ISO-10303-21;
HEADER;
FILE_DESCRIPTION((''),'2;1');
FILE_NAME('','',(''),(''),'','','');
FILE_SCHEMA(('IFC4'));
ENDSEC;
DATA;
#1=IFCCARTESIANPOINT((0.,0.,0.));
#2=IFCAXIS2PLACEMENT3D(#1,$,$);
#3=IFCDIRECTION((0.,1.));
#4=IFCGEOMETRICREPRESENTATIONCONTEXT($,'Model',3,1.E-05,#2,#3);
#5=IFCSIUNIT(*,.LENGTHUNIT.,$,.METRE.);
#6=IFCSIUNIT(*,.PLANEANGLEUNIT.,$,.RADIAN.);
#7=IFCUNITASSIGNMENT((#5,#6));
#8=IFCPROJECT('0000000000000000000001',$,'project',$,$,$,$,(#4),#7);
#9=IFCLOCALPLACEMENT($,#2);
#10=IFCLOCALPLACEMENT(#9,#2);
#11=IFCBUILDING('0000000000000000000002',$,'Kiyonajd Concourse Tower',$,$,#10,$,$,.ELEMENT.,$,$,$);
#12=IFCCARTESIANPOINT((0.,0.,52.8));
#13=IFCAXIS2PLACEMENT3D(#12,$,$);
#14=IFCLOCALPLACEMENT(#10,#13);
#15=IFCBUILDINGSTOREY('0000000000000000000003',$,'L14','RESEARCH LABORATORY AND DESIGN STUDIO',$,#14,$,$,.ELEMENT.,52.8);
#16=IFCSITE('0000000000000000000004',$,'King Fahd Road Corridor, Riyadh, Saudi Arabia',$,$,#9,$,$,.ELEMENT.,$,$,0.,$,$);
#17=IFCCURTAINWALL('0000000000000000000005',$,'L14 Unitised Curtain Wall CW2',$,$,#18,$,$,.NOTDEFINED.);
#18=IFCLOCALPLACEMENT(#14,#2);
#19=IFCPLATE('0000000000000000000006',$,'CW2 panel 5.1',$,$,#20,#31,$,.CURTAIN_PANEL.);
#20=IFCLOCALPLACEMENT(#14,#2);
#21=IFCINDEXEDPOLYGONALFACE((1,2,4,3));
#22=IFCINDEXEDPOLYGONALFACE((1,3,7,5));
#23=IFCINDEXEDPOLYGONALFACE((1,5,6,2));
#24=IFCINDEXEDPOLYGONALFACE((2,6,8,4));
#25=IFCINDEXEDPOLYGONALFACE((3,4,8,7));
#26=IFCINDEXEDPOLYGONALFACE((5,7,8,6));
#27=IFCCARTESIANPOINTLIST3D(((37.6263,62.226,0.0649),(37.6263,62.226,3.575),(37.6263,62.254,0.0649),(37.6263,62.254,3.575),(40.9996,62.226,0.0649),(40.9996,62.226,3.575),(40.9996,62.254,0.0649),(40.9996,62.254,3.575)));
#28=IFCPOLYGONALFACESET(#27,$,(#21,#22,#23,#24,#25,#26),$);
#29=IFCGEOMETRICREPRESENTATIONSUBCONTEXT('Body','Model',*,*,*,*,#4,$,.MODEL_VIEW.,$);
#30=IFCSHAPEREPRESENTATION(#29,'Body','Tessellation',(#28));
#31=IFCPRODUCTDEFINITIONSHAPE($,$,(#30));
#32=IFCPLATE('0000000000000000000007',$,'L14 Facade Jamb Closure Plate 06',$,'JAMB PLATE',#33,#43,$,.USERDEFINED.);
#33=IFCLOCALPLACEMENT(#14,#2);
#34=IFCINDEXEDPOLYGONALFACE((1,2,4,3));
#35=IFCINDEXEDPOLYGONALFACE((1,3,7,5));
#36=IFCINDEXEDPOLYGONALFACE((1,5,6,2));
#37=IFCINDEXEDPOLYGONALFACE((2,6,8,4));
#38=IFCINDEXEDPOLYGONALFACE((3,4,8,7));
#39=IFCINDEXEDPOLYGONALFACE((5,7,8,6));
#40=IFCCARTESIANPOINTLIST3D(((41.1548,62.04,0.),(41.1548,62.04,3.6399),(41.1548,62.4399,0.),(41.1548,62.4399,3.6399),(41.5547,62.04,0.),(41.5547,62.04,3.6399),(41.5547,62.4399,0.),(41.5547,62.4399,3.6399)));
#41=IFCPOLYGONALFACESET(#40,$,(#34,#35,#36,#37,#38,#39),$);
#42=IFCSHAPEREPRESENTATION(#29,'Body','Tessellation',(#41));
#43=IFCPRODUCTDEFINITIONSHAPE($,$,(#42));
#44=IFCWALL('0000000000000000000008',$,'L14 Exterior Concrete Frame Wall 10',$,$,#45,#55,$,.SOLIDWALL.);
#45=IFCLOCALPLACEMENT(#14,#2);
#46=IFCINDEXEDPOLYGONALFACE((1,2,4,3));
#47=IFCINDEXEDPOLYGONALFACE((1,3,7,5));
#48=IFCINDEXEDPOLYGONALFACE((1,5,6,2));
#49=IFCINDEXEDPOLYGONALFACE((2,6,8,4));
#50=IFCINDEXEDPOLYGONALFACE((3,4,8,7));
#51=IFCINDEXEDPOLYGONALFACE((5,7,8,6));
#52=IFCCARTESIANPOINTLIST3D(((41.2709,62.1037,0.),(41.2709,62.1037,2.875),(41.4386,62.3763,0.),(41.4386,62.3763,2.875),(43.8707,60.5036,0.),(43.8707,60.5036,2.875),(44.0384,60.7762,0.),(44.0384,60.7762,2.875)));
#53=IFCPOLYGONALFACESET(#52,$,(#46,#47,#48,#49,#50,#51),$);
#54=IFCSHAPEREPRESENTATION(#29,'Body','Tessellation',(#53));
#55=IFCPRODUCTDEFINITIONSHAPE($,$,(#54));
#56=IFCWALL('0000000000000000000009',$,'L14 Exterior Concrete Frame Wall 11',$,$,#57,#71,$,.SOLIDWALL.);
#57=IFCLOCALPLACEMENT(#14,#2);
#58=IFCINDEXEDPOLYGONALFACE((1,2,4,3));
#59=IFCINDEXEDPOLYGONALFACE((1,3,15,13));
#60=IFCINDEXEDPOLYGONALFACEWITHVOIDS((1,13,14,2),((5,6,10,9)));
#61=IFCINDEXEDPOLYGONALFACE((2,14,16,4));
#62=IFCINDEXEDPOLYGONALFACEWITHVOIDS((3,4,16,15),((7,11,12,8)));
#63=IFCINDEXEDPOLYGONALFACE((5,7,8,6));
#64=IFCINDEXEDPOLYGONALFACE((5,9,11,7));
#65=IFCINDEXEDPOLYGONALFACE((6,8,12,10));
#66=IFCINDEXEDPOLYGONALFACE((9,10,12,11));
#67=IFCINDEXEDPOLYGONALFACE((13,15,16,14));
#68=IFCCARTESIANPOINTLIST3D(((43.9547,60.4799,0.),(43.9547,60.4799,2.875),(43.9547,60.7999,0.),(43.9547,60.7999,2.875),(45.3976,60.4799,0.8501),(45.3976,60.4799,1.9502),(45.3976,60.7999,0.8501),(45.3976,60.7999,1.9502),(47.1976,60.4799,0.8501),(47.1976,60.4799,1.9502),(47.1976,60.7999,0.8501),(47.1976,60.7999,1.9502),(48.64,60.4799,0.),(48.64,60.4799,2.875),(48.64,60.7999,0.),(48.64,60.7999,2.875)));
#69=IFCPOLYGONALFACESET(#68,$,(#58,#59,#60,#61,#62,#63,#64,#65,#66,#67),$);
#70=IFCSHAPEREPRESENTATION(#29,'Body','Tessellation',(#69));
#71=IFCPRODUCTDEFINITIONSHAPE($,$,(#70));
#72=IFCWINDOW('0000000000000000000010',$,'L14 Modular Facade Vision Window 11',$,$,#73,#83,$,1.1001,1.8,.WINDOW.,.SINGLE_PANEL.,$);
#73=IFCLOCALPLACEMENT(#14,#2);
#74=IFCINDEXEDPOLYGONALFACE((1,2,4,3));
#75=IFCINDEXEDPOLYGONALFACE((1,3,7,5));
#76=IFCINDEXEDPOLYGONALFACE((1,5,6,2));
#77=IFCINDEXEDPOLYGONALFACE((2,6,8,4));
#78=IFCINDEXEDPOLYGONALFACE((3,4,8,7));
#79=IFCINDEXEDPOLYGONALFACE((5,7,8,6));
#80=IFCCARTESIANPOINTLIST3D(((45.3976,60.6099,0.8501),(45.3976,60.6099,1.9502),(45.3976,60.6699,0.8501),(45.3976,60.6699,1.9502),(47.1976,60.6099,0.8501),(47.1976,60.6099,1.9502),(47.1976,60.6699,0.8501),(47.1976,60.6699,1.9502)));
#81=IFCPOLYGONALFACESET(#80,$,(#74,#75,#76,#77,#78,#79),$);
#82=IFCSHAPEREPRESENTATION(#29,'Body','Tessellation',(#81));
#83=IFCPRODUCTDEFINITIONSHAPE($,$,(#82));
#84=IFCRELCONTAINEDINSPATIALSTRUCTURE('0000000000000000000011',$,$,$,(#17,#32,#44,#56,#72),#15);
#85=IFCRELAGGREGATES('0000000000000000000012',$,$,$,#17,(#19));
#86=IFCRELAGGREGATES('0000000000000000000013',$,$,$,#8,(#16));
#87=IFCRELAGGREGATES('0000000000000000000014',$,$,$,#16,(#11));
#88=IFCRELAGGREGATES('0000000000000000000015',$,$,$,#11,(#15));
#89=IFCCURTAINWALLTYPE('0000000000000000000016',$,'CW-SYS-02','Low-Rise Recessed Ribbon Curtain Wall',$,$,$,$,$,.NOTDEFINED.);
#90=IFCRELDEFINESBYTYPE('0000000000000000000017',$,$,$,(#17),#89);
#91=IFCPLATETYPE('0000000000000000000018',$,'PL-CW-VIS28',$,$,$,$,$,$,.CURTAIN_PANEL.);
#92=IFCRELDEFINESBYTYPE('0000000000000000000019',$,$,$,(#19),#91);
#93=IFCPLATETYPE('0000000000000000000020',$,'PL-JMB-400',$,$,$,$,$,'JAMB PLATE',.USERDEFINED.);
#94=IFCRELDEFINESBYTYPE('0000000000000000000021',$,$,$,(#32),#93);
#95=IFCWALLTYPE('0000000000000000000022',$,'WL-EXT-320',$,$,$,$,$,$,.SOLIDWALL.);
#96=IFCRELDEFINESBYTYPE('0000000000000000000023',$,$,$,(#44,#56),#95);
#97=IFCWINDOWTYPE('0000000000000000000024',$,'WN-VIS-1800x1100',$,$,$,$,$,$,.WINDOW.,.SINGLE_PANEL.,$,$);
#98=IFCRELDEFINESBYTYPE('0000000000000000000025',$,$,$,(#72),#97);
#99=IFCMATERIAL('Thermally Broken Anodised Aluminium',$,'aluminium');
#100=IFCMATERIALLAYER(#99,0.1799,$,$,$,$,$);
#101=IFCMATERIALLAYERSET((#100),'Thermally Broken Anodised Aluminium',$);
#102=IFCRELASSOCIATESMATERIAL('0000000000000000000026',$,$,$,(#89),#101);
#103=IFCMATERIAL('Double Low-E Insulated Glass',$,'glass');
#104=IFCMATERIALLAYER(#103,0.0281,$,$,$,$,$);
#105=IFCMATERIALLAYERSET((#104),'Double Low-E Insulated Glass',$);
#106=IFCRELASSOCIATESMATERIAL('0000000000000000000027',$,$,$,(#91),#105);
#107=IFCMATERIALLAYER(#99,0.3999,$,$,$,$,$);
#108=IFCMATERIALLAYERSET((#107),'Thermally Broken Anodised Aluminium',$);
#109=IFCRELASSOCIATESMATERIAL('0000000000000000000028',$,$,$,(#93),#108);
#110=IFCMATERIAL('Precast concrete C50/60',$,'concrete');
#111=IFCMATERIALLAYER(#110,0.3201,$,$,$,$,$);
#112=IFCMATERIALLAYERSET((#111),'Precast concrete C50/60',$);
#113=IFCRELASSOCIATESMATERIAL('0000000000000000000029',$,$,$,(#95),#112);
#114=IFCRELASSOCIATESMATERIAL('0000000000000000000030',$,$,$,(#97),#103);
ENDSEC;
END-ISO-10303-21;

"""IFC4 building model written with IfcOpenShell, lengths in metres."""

from ifc_helpers import new_model, si_unit, direction, frame, frame_2d, origin, origin_2d, place, context, subcontext, project, spatial, rectangle, extrude, material, layer, layer_set, type_object, element, fill, aggregate, save


model = new_model("IFC4")

# Units and contexts
model_context = context("Model", 3, precision=1e-05, world=origin(), true_north=direction((0.0, 1.0)))
body_context = subcontext(model_context, "Body", "Model", "MODEL_VIEW")
ifc_project = project(units=[si_unit("LENGTHUNIT", "METRE"), si_unit("PLANEANGLEUNIT", "RADIAN")], contexts=[model_context])

# Site, building, storey
site_placement = place(None, origin())
site = spatial("IfcSite", under=ifc_project, at=site_placement, Name="King Fahd Road Corridor, Riyadh, Saudi Arabia", CompositionType="ELEMENT", RefElevation=0.0)
building_placement = place(site_placement, origin())
building = spatial("IfcBuilding", under=site, at=building_placement, Name="Kiyonajd Concourse Tower", CompositionType="ELEMENT")
storey_placement = place(building_placement, frame((0.0, 0.0, 52.8)))
storey = spatial("IfcBuildingStorey", under=building, at=storey_placement, Name="L14", Description="RESEARCH LABORATORY AND DESIGN STUDIO", CompositionType="ELEMENT", Elevation=52.8)

# Shared definitions
ifc_material_1 = material(Name="Precast concrete C50/60", Category="concrete")

# Curtain wall, plate
ifc_material_2 = material(Name="Thermally Broken Anodised Aluminium", Category="aluminium")
ifc_layer_1 = layer(ifc_material_2, 0.1799)
ifc_layer_set_1 = layer_set([ifc_layer_1], Name="Thermally Broken Anodised Aluminium")
curtain_wall_type = type_object("IfcCurtainWallType", Name="CW-SYS-02", Description="Low-Rise Recessed Ribbon Curtain Wall", PredefinedType="NOTDEFINED", material=ifc_layer_set_1)
curtain_wall_placement = place(storey_placement, origin())
curtain_wall = element("IfcCurtainWall", 1, at=curtain_wall_placement, inside=storey, type_object=curtain_wall_type, Name="L14 Unitised Curtain Wall CW2", PredefinedType="NOTDEFINED")
ifc_material_3 = material(Name="Double Low-E Insulated Glass", Category="glass")
ifc_layer_2 = layer(ifc_material_3, 0.0281)
ifc_layer_set_2 = layer_set([ifc_layer_2], Name="Double Low-E Insulated Glass")
plate_type_1 = type_object("IfcPlateType", Name="PL-CW-VIS28", PredefinedType="CURTAIN_PANEL", material=ifc_layer_set_2)
plate_1_placement = place(storey_placement, frame((39.313, 62.24, 0.0649), z_axis=(0.0, 0.0, 1.0), x_axis=(1.0, 0.0, 0.0)))
plate_1 = element("IfcPlate", 2, at=plate_1_placement, type_object=plate_type_1, Name="CW2 panel 5.1", PredefinedType="CURTAIN_PANEL", context=body_context, shape_type="SweptSolid", body=[
    extrude(rectangle(XDim=3.3733, YDim=0.0281, at=origin_2d()), origin(), (0.0, 0.0, 1.0), 3.51),
])
aggregate(curtain_wall, [plate_1])

# Plate
ifc_layer_3 = layer(ifc_material_2, 0.3999)
ifc_layer_set_3 = layer_set([ifc_layer_3], Name="Thermally Broken Anodised Aluminium")
plate_type_2 = type_object("IfcPlateType", Name="PL-JMB-400", ElementType="JAMB PLATE", PredefinedType="USERDEFINED", material=ifc_layer_set_3)
plate_2_placement = place(storey_placement, frame((41.3547, 62.24, 0.0), z_axis=(0.0, 0.0, 1.0), x_axis=(1.0, 0.0, 0.0)))
element("IfcPlate", 3, at=plate_2_placement, inside=storey, type_object=plate_type_2, Name="L14 Facade Jamb Closure Plate 06", ObjectType="JAMB PLATE", PredefinedType="USERDEFINED", context=body_context, shape_type="SweptSolid", body=[
    extrude(rectangle(XDim=0.3999, YDim=0.3999, at=origin_2d()), origin(), (0.0, 0.0, 1.0), 3.6399),
])

# Wall
ifc_layer_4 = layer(ifc_material_1, 0.3201)
ifc_layer_set_4 = layer_set([ifc_layer_4], Name="Precast concrete C50/60")
wall_type = type_object("IfcWallType", Name="WL-EXT-320", PredefinedType="SOLIDWALL", material=ifc_layer_set_4)
wall_1_placement = place(storey_placement, frame((41.3547, 62.24, 0.0), z_axis=(0.0, 0.0, 1.0), x_axis=(0.851631, -0.524142, 0.0)))
element("IfcWall", 4, at=wall_1_placement, inside=storey, type_object=wall_type, Name="L14 Exterior Concrete Frame Wall 10", PredefinedType="SOLIDWALL", context=body_context, shape_type="SweptSolid", body=[
    extrude(rectangle(XDim=3.0527, YDim=0.3201, at=frame_2d((1.5264, 0.0))), origin(), (0.0, 0.0, 1.0), 2.875),
])

# Wall, opening, window
wall_2_placement = place(storey_placement, frame((43.9546, 60.6399, 0.0), z_axis=(0.0, 0.0, 1.0), x_axis=(1.0, 0.0, 0.0)))
wall_2 = element("IfcWall", 5, at=wall_2_placement, inside=storey, type_object=wall_type, Name="L14 Exterior Concrete Frame Wall 11", PredefinedType="SOLIDWALL", context=body_context, shape_type="SweptSolid", body=[
    extrude(rectangle(XDim=4.6853, YDim=0.3201, at=frame_2d((2.3428, 0.0))), origin(), (0.0, 0.0, 1.0), 2.875),
])
opening_placement = place(wall_2_placement, frame((1.4431, 0.0, 0.8501)))
opening = element("IfcOpeningElement", 6, at=opening_placement, cuts=wall_2, PredefinedType="OPENING", context=body_context, shape_type="SweptSolid", body=[
    extrude(rectangle(XDim=1.8, YDim=1.1001, at=frame_2d((0.8999, 0.55))), frame((0.0, 0.1699, 0.0), z_axis=(0.0, -1.0, 0.0), x_axis=(1.0, 0.0, 0.0)), (0.0, 0.0, 1.0), 0.3401),
])
window_type = type_object("IfcWindowType", Name="WN-VIS-1800x1100", PartitioningType="SINGLE_PANEL", PredefinedType="WINDOW", material=ifc_material_3)
window_placement = place(opening_placement, origin())
window = element("IfcWindow", 7, at=window_placement, inside=storey, type_object=window_type, Name="L14 Modular Facade Vision Window 11", OverallHeight=1.1001, OverallWidth=1.8, PartitioningType="SINGLE_PANEL", PredefinedType="WINDOW", context=body_context, shape_type="SweptSolid", body=[
    extrude(rectangle(XDim=1.8, YDim=1.1001, at=frame_2d((0.8999, 0.55))), frame((0.0, 0.03, 0.0), z_axis=(0.0, -1.0, 0.0), x_axis=(1.0, 0.0, 0.0)), (0.0, 0.0, 1.0), 0.0601),
])
fill(opening, window)

save(model, "model.ifc")
